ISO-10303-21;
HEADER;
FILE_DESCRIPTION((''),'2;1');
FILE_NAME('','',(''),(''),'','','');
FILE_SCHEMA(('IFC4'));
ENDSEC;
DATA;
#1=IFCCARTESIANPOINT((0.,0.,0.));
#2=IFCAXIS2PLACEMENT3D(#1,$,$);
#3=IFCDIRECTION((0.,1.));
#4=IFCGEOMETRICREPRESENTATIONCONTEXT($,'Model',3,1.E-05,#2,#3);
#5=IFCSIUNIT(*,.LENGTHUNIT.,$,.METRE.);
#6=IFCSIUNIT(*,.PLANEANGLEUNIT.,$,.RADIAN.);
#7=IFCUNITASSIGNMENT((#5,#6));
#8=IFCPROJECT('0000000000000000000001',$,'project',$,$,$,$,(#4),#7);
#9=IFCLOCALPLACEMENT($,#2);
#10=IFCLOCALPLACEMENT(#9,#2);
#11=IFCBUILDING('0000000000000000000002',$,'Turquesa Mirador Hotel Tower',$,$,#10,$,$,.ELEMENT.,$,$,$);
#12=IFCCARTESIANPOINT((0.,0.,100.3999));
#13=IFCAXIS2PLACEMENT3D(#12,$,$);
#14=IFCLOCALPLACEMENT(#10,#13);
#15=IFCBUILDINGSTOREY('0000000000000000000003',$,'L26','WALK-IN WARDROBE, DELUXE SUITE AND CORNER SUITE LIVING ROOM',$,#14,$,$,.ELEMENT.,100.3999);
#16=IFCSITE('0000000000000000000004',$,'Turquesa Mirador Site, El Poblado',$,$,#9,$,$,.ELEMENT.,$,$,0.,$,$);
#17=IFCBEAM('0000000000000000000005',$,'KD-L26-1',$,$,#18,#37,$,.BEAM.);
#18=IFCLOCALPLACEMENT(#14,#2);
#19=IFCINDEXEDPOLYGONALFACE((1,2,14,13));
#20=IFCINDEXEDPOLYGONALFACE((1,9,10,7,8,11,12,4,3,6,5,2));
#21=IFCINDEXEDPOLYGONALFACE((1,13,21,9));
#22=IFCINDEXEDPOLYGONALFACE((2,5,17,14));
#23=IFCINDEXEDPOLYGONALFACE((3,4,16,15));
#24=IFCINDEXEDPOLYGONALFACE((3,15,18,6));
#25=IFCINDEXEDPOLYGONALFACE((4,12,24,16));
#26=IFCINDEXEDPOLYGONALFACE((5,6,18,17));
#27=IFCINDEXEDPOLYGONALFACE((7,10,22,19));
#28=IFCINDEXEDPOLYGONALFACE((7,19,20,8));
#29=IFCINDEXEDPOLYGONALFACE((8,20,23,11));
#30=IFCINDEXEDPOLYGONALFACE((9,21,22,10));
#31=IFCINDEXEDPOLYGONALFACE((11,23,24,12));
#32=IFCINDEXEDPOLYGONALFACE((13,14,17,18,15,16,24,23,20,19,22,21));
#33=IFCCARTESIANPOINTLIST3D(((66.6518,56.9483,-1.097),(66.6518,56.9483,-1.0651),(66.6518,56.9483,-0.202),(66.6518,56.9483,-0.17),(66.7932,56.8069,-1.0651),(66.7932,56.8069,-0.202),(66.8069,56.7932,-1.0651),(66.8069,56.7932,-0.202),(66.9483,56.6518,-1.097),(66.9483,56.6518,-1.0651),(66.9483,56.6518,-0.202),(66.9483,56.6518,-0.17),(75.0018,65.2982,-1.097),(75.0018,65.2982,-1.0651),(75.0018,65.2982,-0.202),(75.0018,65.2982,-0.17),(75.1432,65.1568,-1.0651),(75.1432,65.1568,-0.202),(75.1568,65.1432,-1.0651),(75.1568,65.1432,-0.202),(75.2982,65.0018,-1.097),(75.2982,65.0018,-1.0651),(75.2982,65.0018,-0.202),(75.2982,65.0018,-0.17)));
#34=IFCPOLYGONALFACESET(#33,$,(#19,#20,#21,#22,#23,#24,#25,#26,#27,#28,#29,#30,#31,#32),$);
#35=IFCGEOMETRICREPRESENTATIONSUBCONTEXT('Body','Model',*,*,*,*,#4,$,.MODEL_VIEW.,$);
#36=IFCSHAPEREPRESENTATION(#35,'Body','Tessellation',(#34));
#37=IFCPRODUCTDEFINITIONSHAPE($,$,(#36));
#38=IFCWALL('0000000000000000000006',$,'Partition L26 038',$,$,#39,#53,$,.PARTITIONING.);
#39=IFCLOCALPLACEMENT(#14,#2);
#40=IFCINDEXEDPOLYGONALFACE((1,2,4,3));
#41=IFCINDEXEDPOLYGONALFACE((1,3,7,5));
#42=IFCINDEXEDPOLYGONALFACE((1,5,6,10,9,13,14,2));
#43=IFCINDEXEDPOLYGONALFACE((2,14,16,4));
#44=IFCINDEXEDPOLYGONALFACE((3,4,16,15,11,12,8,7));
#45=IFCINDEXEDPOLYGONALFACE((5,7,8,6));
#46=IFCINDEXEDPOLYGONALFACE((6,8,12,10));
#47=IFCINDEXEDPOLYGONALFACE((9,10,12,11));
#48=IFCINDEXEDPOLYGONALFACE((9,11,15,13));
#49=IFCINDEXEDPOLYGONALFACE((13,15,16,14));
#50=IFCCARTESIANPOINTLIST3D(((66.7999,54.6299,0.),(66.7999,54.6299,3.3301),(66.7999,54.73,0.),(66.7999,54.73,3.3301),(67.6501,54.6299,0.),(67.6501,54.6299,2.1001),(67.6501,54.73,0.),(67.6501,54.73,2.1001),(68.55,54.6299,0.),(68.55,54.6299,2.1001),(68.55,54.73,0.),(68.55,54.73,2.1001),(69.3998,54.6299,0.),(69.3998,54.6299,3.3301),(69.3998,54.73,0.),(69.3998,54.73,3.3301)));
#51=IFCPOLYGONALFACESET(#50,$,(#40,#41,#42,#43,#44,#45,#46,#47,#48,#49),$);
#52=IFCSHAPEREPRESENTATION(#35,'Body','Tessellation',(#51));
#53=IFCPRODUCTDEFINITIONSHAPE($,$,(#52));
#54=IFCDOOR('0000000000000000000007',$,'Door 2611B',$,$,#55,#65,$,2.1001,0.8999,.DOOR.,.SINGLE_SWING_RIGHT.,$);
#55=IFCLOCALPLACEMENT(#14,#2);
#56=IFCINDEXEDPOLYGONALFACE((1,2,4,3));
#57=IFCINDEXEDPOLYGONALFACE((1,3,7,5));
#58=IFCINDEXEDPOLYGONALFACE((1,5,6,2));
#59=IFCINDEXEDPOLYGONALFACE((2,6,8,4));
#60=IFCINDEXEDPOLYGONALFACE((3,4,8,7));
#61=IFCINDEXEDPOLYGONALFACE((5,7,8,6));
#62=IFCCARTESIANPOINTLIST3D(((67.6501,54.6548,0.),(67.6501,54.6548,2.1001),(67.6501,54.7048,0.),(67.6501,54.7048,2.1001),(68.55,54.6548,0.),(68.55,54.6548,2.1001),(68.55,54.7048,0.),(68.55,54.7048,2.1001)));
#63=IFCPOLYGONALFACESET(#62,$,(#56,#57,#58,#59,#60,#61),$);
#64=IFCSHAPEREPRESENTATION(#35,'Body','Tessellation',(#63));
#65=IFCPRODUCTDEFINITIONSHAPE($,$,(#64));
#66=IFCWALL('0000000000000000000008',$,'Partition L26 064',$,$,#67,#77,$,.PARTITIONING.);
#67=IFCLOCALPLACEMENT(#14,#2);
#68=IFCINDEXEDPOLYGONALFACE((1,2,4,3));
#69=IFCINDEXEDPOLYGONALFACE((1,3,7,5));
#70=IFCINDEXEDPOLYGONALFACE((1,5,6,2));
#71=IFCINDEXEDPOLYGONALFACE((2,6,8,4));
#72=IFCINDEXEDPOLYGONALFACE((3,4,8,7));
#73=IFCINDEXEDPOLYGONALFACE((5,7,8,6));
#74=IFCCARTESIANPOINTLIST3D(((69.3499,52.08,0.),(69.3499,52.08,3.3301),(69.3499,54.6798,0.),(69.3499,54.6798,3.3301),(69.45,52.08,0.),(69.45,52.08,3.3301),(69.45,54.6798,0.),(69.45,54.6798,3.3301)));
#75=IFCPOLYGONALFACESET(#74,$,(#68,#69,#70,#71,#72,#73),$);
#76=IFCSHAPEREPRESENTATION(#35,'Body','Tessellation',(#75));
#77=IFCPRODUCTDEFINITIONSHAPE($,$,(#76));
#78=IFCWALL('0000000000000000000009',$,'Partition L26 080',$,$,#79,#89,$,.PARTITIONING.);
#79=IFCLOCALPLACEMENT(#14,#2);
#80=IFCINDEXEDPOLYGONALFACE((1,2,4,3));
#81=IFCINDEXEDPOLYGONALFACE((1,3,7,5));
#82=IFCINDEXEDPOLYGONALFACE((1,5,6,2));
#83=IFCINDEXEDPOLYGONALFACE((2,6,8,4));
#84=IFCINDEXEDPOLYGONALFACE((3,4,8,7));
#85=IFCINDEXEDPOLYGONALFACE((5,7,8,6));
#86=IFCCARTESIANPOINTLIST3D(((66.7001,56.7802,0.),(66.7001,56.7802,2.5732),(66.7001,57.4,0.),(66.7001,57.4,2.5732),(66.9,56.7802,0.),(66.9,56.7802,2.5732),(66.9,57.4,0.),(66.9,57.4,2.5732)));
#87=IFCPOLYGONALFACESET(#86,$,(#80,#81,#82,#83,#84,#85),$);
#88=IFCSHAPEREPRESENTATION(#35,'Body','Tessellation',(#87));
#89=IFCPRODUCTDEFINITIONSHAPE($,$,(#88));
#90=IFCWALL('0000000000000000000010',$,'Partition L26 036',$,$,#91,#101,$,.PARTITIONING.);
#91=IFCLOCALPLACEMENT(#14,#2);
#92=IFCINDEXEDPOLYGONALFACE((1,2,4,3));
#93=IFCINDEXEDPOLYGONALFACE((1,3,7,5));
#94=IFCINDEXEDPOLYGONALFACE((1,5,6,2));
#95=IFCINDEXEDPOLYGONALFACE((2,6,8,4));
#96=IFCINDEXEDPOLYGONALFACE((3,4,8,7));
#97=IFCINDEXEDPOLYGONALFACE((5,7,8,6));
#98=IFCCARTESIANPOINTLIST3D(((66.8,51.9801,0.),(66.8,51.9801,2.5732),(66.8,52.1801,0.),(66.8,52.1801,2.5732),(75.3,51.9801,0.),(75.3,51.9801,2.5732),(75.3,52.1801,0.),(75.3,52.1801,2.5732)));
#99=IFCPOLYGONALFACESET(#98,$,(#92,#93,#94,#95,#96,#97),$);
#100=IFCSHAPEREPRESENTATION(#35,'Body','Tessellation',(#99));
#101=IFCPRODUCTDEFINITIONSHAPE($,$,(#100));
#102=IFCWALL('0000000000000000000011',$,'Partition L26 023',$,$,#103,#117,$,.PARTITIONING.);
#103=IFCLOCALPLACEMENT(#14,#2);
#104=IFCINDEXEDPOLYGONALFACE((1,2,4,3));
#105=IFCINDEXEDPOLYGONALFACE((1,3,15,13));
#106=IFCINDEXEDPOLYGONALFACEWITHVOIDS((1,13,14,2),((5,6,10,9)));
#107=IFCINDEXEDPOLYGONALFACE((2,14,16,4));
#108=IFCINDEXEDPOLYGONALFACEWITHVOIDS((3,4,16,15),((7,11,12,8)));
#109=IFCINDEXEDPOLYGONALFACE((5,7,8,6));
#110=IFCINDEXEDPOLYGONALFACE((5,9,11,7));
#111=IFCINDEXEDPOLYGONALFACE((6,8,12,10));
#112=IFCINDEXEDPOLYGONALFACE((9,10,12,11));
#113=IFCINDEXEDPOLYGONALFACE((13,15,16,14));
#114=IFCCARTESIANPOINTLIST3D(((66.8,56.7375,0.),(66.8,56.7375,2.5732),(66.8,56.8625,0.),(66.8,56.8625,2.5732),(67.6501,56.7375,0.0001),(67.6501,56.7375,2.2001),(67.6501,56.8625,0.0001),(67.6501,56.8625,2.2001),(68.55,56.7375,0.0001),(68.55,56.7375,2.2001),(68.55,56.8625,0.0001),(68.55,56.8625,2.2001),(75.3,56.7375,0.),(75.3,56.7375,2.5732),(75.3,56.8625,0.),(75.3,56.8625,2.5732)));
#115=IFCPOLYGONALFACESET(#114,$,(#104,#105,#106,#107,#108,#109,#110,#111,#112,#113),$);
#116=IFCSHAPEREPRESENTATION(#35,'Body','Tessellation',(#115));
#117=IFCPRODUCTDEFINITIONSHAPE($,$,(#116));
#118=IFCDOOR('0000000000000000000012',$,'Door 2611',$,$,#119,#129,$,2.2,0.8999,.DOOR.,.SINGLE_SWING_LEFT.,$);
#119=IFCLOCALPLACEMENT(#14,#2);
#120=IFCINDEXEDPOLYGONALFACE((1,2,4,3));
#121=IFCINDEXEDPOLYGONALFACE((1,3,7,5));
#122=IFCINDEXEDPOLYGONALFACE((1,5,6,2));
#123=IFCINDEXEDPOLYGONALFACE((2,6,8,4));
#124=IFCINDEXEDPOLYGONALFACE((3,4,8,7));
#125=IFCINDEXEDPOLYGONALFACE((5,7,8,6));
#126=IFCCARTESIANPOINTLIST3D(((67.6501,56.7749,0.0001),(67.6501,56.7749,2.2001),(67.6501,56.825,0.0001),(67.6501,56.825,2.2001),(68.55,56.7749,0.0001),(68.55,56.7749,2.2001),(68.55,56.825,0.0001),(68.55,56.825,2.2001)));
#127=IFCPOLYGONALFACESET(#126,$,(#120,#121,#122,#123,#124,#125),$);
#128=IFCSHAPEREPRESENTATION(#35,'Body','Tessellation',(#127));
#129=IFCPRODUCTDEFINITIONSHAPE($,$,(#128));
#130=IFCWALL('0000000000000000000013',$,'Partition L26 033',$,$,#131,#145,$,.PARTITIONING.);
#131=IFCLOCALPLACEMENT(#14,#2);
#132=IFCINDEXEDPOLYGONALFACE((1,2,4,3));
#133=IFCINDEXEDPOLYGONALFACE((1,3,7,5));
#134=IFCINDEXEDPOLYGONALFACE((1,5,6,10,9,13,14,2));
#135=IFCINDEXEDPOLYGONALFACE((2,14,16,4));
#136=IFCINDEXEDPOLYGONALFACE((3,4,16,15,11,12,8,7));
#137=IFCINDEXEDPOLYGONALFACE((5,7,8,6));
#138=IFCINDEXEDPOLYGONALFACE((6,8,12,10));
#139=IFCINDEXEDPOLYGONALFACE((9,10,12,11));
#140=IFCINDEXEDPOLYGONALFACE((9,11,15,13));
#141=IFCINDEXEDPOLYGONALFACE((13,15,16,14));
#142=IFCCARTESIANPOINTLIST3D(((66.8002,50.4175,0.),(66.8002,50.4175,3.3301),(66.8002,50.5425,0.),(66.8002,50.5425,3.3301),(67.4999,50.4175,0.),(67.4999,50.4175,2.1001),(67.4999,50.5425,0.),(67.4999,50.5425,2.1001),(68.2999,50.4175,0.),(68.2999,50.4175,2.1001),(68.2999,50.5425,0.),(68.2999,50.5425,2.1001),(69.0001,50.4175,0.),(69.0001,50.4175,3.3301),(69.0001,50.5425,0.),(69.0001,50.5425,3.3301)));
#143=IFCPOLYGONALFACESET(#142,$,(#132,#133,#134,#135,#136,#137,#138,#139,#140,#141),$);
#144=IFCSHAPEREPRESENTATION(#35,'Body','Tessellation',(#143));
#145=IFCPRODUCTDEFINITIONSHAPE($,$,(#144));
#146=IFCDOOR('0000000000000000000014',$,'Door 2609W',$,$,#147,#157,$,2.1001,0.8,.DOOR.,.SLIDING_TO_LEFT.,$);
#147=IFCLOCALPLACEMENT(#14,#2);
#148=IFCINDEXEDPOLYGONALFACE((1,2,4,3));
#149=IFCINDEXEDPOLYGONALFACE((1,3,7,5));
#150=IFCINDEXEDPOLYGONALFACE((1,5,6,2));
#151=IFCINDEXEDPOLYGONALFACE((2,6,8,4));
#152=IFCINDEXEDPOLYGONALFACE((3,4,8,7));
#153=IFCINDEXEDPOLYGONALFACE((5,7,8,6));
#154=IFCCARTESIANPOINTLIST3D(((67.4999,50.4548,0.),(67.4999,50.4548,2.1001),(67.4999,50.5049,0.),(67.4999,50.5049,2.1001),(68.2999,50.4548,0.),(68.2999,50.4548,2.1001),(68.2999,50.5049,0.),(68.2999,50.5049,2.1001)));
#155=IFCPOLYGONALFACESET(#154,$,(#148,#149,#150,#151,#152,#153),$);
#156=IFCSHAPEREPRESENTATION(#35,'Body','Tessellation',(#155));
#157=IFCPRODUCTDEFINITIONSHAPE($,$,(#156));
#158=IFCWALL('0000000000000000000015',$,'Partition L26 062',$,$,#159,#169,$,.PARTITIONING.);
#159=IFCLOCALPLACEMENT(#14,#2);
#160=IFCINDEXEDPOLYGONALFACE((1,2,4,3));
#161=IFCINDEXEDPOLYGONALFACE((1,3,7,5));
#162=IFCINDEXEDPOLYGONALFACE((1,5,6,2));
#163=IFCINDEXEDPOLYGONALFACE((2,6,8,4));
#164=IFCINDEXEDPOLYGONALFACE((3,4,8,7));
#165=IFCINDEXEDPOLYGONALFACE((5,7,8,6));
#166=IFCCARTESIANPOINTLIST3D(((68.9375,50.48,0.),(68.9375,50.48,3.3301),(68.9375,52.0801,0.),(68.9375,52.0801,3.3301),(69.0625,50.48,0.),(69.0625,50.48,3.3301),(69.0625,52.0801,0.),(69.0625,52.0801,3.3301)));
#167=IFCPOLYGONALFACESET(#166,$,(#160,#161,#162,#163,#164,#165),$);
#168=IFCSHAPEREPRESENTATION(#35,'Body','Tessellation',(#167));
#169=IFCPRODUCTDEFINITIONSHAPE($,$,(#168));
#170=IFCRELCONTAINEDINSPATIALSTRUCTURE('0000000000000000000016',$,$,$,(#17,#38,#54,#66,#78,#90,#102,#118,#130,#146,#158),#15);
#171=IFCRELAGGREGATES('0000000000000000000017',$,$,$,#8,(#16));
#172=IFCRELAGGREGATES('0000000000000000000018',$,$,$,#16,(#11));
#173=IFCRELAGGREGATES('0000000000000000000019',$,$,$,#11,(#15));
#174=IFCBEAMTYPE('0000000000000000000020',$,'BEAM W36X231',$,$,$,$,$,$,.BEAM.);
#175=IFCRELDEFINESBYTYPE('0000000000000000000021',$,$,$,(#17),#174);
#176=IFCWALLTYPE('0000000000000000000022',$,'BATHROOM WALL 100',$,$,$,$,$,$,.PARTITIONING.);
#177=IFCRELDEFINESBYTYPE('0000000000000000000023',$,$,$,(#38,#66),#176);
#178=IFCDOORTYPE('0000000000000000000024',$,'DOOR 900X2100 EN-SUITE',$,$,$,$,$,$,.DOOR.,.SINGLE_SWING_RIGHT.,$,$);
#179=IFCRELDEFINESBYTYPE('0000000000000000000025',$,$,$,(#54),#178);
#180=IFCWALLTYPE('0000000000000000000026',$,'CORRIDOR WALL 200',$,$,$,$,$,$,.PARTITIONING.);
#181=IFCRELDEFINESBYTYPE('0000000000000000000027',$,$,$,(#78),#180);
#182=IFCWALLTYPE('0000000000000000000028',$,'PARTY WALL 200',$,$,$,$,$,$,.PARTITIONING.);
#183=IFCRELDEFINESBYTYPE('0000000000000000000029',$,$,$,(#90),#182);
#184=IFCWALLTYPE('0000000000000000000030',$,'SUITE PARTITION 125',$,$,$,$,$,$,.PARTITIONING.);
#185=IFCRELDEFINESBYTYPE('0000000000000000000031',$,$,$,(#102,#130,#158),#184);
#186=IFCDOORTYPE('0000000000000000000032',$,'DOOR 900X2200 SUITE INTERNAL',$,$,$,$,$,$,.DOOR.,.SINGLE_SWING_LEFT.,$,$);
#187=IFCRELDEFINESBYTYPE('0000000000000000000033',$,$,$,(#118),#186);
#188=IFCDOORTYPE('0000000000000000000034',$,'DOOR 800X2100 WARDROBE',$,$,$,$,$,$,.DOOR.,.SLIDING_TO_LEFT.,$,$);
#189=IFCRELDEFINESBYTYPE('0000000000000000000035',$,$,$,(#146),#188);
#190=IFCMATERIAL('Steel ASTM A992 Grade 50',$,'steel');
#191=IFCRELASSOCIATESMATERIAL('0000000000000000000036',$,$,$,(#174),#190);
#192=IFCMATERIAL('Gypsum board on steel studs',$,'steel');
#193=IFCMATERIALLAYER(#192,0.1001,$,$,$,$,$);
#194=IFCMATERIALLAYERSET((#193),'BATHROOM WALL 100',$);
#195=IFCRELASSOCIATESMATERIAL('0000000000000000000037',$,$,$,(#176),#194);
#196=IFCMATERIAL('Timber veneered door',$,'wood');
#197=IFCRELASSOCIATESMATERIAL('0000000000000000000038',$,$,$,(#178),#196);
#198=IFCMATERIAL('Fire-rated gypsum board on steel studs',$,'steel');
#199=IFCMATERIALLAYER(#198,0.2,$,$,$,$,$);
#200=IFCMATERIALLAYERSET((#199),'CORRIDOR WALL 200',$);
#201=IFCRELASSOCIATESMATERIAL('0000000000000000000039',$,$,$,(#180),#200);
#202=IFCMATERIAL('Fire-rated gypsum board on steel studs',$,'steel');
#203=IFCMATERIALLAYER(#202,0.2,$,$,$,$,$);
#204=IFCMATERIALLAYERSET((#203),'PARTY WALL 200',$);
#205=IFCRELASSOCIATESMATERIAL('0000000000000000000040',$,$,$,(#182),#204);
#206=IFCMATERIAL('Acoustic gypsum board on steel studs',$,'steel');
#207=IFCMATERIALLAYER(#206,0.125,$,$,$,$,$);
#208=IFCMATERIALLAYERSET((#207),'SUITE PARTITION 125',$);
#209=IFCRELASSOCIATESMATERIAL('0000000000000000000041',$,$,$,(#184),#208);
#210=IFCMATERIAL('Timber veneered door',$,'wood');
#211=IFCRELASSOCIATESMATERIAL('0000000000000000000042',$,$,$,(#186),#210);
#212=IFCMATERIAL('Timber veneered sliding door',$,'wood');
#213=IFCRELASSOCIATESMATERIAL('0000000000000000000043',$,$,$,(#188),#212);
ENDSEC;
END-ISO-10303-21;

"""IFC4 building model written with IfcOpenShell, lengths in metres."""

from ifc_helpers import new_model, si_unit, direction, frame, frame_2d, origin, origin_2d, place, context, subcontext, project, spatial, rectangle, i_section, extrude, material, layer, layer_set, material_profile, profile_set, type_object, element, fill, save


model = new_model("IFC4")

# Units and contexts
model_context = context("Model", 3, precision=1e-05, world=origin(), true_north=direction((0.0, 1.0)))
body_context = subcontext(model_context, "Body", "Model", "MODEL_VIEW")
ifc_project = project(units=[si_unit("LENGTHUNIT", "METRE"), si_unit("PLANEANGLEUNIT", "RADIAN")], contexts=[model_context])

# Site, building, storey
site_placement = place(None, origin())
site = spatial("IfcSite", under=ifc_project, at=site_placement, Name="Turquesa Mirador Site, El Poblado", CompositionType="ELEMENT", RefElevation=0.0)
building_placement = place(site_placement, origin())
building = spatial("IfcBuilding", under=site, at=building_placement, Name="Turquesa Mirador Hotel Tower", CompositionType="ELEMENT")
storey_placement = place(building_placement, frame((0.0, 0.0, 100.3999)))
storey = spatial("IfcBuildingStorey", under=building, at=storey_placement, Name="L26", Description="WALK-IN WARDROBE, DELUXE SUITE AND CORNER SUITE LIVING ROOM", CompositionType="ELEMENT", Elevation=100.3999)

# Beam
ifc_material_1 = material(Name="Steel ASTM A992 Grade 50", Category="steel")
ifc_material_profile_1 = material_profile(ifc_material_1, i_section(OverallWidth=0.4192, OverallDepth=0.927, WebThickness=0.0193, FlangeThickness=0.032, at=origin_2d()), Name="W36X231")
ifc_profile_set_1 = profile_set([ifc_material_profile_1], Name="Steel ASTM A992 Grade 50")
beam_type_1 = type_object("IfcBeamType", Name="BEAM W36X231", PredefinedType="BEAM", material=ifc_profile_set_1)
beam_1_placement = place(storey_placement, frame((66.8, 56.8, -0.6335), z_axis=(0.707107, 0.707107, 0.0), x_axis=(-0.707107, 0.707107, 0.0)))
element("IfcBeam", 1, at=beam_1_placement, inside=storey, type_object=beam_type_1, Name="KD-L26-1", PredefinedType="BEAM", context=body_context, shape_type="SweptSolid", body=[
    extrude(i_section(OverallWidth=0.4192, OverallDepth=0.927, WebThickness=0.0193, FlangeThickness=0.032, at=origin_2d()), origin(), (0.0, 0.0, 1.0), 11.8086),
])

# Wall, opening, door
ifc_material_2 = material(Name="Gypsum board on steel studs", Category="steel")
ifc_layer_1 = layer(ifc_material_2, 0.1001)
ifc_layer_set_1 = layer_set([ifc_layer_1], Name="BATHROOM WALL 100")
wall_type_1 = type_object("IfcWallType", Name="BATHROOM WALL 100", PredefinedType="PARTITIONING", material=ifc_layer_set_1)
wall_1_placement = place(storey_placement, frame((66.8, 54.6799, 0.0), z_axis=(0.0, 0.0, 1.0), x_axis=(1.0, 0.0, 0.0)))
wall_1 = element("IfcWall", 2, at=wall_1_placement, inside=storey, type_object=wall_type_1, Name="Partition L26 038", PredefinedType="PARTITIONING", context=body_context, shape_type="SweptSolid", body=[
    extrude(rectangle(XDim=2.5999, YDim=0.1001, at=frame_2d((1.2998, 0.0))), origin(), (0.0, 0.0, 1.0), 3.3301),
])
opening_1_placement = place(wall_1_placement, frame((0.8501, 0.0, 0.0)))
opening_1 = element("IfcOpeningElement", 3, at=opening_1_placement, cuts=wall_1, PredefinedType="OPENING", context=body_context, shape_type="SweptSolid", body=[
    extrude(rectangle(XDim=0.8999, YDim=2.1001, at=frame_2d((0.45, 1.05))), frame((0.0, 0.0601, 0.0), z_axis=(0.0, -1.0, 0.0), x_axis=(1.0, 0.0, 0.0)), (0.0, 0.0, 1.0), 0.1201),
])
ifc_material_3 = material(Name="Timber veneered door", Category="wood")
door_type_1 = type_object("IfcDoorType", Name="DOOR 900X2100 EN-SUITE", OperationType="SINGLE_SWING_RIGHT", PredefinedType="DOOR", material=ifc_material_3)
door_1_placement = place(opening_1_placement, origin())
door_1 = element("IfcDoor", 4, at=door_1_placement, inside=storey, type_object=door_type_1, Name="Door 2611B", OperationType="SINGLE_SWING_RIGHT", OverallHeight=2.1001, OverallWidth=0.8999, PredefinedType="DOOR", context=body_context, shape_type="SweptSolid", body=[
    extrude(rectangle(XDim=0.8999, YDim=2.1001, at=frame_2d((0.45, 1.05))), frame((0.0, 0.0249, 0.0), z_axis=(0.0, -1.0, 0.0), x_axis=(1.0, 0.0, 0.0)), (0.0, 0.0, 1.0), 0.05),
])
fill(opening_1, door_1)

# Walls
wall_2_placement = place(storey_placement, frame((69.3999, 52.0801, 0.0), z_axis=(0.0, 0.0, 1.0), x_axis=(0.0, 1.0, 0.0)))
element("IfcWall", 5, at=wall_2_placement, inside=storey, type_object=wall_type_1, Name="Partition L26 064", PredefinedType="PARTITIONING", context=body_context, shape_type="SweptSolid", body=[
    extrude(rectangle(XDim=2.5999, YDim=0.1001, at=frame_2d((1.2998, 0.0))), origin(), (0.0, 0.0, 1.0), 3.3301),
])
ifc_material_4 = material(Name="Fire-rated gypsum board on steel studs", Category="steel")
ifc_layer_2 = layer(ifc_material_4, 0.2)
ifc_layer_set_2 = layer_set([ifc_layer_2], Name="CORRIDOR WALL 200")
wall_type_2 = type_object("IfcWallType", Name="CORRIDOR WALL 200", PredefinedType="PARTITIONING", material=ifc_layer_set_2)
wall_3_placement = place(storey_placement, frame((66.8, 56.78, 0.0), z_axis=(0.0, 0.0, 1.0), x_axis=(0.0, 1.0, 0.0)))
element("IfcWall", 6, at=wall_3_placement, inside=storey, type_object=wall_type_2, Name="Partition L26 080", PredefinedType="PARTITIONING", context=body_context, shape_type="SweptSolid", body=[
    extrude(rectangle(XDim=0.6199, YDim=0.2, at=frame_2d((0.3101, 0.0))), origin(), (0.0, 0.0, 1.0), 2.5732),
])
ifc_material_5 = material(Name="Fire-rated gypsum board on steel studs", Category="steel")
ifc_layer_3 = layer(ifc_material_5, 0.2)
ifc_layer_set_3 = layer_set([ifc_layer_3], Name="PARTY WALL 200")
wall_type_3 = type_object("IfcWallType", Name="PARTY WALL 200", PredefinedType="PARTITIONING", material=ifc_layer_set_3)
wall_4_placement = place(storey_placement, frame((66.8, 52.0801, 0.0), z_axis=(0.0, 0.0, 1.0), x_axis=(1.0, 0.0, 0.0)))
element("IfcWall", 7, at=wall_4_placement, inside=storey, type_object=wall_type_3, Name="Partition L26 036", PredefinedType="PARTITIONING", context=body_context, shape_type="SweptSolid", body=[
    extrude(rectangle(XDim=8.5, YDim=0.2, at=frame_2d((4.25, 0.0))), origin(), (0.0, 0.0, 1.0), 2.5732),
])

# Walls, openings, doors
ifc_material_6 = material(Name="Acoustic gypsum board on steel studs", Category="steel")
ifc_layer_4 = layer(ifc_material_6, 0.125)
ifc_layer_set_4 = layer_set([ifc_layer_4], Name="SUITE PARTITION 125")
wall_type_4 = type_object("IfcWallType", Name="SUITE PARTITION 125", PredefinedType="PARTITIONING", material=ifc_layer_set_4)
wall_5_placement = place(storey_placement, frame((66.8, 56.8, 0.0), z_axis=(0.0, 0.0, 1.0), x_axis=(1.0, 0.0, 0.0)))
wall_5 = element("IfcWall", 8, at=wall_5_placement, inside=storey, type_object=wall_type_4, Name="Partition L26 023", PredefinedType="PARTITIONING", context=body_context, shape_type="SweptSolid", body=[
    extrude(rectangle(XDim=8.5, YDim=0.125, at=frame_2d((4.25, 0.0))), origin(), (0.0, 0.0, 1.0), 2.5732),
])
opening_2_placement = place(wall_5_placement, frame((0.8501, 0.0, 0.0)))
opening_2 = element("IfcOpeningElement", 9, at=opening_2_placement, cuts=wall_5, PredefinedType="OPENING", context=body_context, shape_type="SweptSolid", body=[
    extrude(rectangle(XDim=0.8999, YDim=2.2, at=frame_2d((0.45, 1.1001))), frame((0.0, 0.0725, 0.0), z_axis=(0.0, -1.0, 0.0), x_axis=(1.0, 0.0, 0.0)), (0.0, 0.0, 1.0), 0.145),
])
ifc_material_7 = material(Name="Timber veneered door", Category="wood")
door_type_2 = type_object("IfcDoorType", Name="DOOR 900X2200 SUITE INTERNAL", OperationType="SINGLE_SWING_LEFT", PredefinedType="DOOR", material=ifc_material_7)
door_2_placement = place(opening_2_placement, origin())
door_2 = element("IfcDoor", 10, at=door_2_placement, inside=storey, type_object=door_type_2, Name="Door 2611", OperationType="SINGLE_SWING_LEFT", OverallHeight=2.2, OverallWidth=0.8999, PredefinedType="DOOR", context=body_context, shape_type="SweptSolid", body=[
    extrude(rectangle(XDim=0.8999, YDim=2.2, at=frame_2d((0.45, 1.1001))), frame((0.0, 0.0249, 0.0), z_axis=(0.0, -1.0, 0.0), x_axis=(1.0, 0.0, 0.0)), (0.0, 0.0, 1.0), 0.05),
])
fill(opening_2, door_2)
wall_6_placement = place(storey_placement, frame((66.8, 50.48, 0.0), z_axis=(0.0, 0.0, 1.0), x_axis=(1.0, 0.0, 0.0)))
wall_6 = element("IfcWall", 11, at=wall_6_placement, inside=storey, type_object=wall_type_4, Name="Partition L26 033", PredefinedType="PARTITIONING", context=body_context, shape_type="SweptSolid", body=[
    extrude(rectangle(XDim=2.2, YDim=0.125, at=frame_2d((1.1001, 0.0))), origin(), (0.0, 0.0, 1.0), 3.3301),
])
opening_3_placement = place(wall_6_placement, frame((0.7, 0.0, 0.0)))
opening_3 = element("IfcOpeningElement", 12, at=opening_3_placement, cuts=wall_6, PredefinedType="OPENING", context=body_context, shape_type="SweptSolid", body=[
    extrude(rectangle(XDim=0.8, YDim=2.1001, at=frame_2d((0.3999, 1.05))), frame((0.0, 0.0725, 0.0), z_axis=(0.0, -1.0, 0.0), x_axis=(1.0, 0.0, 0.0)), (0.0, 0.0, 1.0), 0.145),
])
ifc_material_8 = material(Name="Timber veneered sliding door", Category="wood")
door_type_3 = type_object("IfcDoorType", Name="DOOR 800X2100 WARDROBE", OperationType="SLIDING_TO_LEFT", PredefinedType="DOOR", material=ifc_material_8)
door_3_placement = place(opening_3_placement, origin())
door_3 = element("IfcDoor", 13, at=door_3_placement, inside=storey, type_object=door_type_3, Name="Door 2609W", OperationType="SLIDING_TO_LEFT", OverallHeight=2.1001, OverallWidth=0.8, PredefinedType="DOOR", context=body_context, shape_type="SweptSolid", body=[
    extrude(rectangle(XDim=0.8, YDim=2.1001, at=frame_2d((0.3999, 1.05))), frame((0.0, 0.0249, 0.0), z_axis=(0.0, -1.0, 0.0), x_axis=(1.0, 0.0, 0.0)), (0.0, 0.0, 1.0), 0.05),
])
fill(opening_3, door_3)

# Wall
wall_7_placement = place(storey_placement, frame((69.0, 50.48, 0.0), z_axis=(0.0, 0.0, 1.0), x_axis=(0.0, 1.0, 0.0)))
element("IfcWall", 14, at=wall_7_placement, inside=storey, type_object=wall_type_4, Name="Partition L26 062", PredefinedType="PARTITIONING", context=body_context, shape_type="SweptSolid", body=[
    extrude(rectangle(XDim=1.6001, YDim=0.125, at=frame_2d((0.8, 0.0))), origin(), (0.0, 0.0, 1.0), 3.3301),
])

save(model, "model.ifc")
